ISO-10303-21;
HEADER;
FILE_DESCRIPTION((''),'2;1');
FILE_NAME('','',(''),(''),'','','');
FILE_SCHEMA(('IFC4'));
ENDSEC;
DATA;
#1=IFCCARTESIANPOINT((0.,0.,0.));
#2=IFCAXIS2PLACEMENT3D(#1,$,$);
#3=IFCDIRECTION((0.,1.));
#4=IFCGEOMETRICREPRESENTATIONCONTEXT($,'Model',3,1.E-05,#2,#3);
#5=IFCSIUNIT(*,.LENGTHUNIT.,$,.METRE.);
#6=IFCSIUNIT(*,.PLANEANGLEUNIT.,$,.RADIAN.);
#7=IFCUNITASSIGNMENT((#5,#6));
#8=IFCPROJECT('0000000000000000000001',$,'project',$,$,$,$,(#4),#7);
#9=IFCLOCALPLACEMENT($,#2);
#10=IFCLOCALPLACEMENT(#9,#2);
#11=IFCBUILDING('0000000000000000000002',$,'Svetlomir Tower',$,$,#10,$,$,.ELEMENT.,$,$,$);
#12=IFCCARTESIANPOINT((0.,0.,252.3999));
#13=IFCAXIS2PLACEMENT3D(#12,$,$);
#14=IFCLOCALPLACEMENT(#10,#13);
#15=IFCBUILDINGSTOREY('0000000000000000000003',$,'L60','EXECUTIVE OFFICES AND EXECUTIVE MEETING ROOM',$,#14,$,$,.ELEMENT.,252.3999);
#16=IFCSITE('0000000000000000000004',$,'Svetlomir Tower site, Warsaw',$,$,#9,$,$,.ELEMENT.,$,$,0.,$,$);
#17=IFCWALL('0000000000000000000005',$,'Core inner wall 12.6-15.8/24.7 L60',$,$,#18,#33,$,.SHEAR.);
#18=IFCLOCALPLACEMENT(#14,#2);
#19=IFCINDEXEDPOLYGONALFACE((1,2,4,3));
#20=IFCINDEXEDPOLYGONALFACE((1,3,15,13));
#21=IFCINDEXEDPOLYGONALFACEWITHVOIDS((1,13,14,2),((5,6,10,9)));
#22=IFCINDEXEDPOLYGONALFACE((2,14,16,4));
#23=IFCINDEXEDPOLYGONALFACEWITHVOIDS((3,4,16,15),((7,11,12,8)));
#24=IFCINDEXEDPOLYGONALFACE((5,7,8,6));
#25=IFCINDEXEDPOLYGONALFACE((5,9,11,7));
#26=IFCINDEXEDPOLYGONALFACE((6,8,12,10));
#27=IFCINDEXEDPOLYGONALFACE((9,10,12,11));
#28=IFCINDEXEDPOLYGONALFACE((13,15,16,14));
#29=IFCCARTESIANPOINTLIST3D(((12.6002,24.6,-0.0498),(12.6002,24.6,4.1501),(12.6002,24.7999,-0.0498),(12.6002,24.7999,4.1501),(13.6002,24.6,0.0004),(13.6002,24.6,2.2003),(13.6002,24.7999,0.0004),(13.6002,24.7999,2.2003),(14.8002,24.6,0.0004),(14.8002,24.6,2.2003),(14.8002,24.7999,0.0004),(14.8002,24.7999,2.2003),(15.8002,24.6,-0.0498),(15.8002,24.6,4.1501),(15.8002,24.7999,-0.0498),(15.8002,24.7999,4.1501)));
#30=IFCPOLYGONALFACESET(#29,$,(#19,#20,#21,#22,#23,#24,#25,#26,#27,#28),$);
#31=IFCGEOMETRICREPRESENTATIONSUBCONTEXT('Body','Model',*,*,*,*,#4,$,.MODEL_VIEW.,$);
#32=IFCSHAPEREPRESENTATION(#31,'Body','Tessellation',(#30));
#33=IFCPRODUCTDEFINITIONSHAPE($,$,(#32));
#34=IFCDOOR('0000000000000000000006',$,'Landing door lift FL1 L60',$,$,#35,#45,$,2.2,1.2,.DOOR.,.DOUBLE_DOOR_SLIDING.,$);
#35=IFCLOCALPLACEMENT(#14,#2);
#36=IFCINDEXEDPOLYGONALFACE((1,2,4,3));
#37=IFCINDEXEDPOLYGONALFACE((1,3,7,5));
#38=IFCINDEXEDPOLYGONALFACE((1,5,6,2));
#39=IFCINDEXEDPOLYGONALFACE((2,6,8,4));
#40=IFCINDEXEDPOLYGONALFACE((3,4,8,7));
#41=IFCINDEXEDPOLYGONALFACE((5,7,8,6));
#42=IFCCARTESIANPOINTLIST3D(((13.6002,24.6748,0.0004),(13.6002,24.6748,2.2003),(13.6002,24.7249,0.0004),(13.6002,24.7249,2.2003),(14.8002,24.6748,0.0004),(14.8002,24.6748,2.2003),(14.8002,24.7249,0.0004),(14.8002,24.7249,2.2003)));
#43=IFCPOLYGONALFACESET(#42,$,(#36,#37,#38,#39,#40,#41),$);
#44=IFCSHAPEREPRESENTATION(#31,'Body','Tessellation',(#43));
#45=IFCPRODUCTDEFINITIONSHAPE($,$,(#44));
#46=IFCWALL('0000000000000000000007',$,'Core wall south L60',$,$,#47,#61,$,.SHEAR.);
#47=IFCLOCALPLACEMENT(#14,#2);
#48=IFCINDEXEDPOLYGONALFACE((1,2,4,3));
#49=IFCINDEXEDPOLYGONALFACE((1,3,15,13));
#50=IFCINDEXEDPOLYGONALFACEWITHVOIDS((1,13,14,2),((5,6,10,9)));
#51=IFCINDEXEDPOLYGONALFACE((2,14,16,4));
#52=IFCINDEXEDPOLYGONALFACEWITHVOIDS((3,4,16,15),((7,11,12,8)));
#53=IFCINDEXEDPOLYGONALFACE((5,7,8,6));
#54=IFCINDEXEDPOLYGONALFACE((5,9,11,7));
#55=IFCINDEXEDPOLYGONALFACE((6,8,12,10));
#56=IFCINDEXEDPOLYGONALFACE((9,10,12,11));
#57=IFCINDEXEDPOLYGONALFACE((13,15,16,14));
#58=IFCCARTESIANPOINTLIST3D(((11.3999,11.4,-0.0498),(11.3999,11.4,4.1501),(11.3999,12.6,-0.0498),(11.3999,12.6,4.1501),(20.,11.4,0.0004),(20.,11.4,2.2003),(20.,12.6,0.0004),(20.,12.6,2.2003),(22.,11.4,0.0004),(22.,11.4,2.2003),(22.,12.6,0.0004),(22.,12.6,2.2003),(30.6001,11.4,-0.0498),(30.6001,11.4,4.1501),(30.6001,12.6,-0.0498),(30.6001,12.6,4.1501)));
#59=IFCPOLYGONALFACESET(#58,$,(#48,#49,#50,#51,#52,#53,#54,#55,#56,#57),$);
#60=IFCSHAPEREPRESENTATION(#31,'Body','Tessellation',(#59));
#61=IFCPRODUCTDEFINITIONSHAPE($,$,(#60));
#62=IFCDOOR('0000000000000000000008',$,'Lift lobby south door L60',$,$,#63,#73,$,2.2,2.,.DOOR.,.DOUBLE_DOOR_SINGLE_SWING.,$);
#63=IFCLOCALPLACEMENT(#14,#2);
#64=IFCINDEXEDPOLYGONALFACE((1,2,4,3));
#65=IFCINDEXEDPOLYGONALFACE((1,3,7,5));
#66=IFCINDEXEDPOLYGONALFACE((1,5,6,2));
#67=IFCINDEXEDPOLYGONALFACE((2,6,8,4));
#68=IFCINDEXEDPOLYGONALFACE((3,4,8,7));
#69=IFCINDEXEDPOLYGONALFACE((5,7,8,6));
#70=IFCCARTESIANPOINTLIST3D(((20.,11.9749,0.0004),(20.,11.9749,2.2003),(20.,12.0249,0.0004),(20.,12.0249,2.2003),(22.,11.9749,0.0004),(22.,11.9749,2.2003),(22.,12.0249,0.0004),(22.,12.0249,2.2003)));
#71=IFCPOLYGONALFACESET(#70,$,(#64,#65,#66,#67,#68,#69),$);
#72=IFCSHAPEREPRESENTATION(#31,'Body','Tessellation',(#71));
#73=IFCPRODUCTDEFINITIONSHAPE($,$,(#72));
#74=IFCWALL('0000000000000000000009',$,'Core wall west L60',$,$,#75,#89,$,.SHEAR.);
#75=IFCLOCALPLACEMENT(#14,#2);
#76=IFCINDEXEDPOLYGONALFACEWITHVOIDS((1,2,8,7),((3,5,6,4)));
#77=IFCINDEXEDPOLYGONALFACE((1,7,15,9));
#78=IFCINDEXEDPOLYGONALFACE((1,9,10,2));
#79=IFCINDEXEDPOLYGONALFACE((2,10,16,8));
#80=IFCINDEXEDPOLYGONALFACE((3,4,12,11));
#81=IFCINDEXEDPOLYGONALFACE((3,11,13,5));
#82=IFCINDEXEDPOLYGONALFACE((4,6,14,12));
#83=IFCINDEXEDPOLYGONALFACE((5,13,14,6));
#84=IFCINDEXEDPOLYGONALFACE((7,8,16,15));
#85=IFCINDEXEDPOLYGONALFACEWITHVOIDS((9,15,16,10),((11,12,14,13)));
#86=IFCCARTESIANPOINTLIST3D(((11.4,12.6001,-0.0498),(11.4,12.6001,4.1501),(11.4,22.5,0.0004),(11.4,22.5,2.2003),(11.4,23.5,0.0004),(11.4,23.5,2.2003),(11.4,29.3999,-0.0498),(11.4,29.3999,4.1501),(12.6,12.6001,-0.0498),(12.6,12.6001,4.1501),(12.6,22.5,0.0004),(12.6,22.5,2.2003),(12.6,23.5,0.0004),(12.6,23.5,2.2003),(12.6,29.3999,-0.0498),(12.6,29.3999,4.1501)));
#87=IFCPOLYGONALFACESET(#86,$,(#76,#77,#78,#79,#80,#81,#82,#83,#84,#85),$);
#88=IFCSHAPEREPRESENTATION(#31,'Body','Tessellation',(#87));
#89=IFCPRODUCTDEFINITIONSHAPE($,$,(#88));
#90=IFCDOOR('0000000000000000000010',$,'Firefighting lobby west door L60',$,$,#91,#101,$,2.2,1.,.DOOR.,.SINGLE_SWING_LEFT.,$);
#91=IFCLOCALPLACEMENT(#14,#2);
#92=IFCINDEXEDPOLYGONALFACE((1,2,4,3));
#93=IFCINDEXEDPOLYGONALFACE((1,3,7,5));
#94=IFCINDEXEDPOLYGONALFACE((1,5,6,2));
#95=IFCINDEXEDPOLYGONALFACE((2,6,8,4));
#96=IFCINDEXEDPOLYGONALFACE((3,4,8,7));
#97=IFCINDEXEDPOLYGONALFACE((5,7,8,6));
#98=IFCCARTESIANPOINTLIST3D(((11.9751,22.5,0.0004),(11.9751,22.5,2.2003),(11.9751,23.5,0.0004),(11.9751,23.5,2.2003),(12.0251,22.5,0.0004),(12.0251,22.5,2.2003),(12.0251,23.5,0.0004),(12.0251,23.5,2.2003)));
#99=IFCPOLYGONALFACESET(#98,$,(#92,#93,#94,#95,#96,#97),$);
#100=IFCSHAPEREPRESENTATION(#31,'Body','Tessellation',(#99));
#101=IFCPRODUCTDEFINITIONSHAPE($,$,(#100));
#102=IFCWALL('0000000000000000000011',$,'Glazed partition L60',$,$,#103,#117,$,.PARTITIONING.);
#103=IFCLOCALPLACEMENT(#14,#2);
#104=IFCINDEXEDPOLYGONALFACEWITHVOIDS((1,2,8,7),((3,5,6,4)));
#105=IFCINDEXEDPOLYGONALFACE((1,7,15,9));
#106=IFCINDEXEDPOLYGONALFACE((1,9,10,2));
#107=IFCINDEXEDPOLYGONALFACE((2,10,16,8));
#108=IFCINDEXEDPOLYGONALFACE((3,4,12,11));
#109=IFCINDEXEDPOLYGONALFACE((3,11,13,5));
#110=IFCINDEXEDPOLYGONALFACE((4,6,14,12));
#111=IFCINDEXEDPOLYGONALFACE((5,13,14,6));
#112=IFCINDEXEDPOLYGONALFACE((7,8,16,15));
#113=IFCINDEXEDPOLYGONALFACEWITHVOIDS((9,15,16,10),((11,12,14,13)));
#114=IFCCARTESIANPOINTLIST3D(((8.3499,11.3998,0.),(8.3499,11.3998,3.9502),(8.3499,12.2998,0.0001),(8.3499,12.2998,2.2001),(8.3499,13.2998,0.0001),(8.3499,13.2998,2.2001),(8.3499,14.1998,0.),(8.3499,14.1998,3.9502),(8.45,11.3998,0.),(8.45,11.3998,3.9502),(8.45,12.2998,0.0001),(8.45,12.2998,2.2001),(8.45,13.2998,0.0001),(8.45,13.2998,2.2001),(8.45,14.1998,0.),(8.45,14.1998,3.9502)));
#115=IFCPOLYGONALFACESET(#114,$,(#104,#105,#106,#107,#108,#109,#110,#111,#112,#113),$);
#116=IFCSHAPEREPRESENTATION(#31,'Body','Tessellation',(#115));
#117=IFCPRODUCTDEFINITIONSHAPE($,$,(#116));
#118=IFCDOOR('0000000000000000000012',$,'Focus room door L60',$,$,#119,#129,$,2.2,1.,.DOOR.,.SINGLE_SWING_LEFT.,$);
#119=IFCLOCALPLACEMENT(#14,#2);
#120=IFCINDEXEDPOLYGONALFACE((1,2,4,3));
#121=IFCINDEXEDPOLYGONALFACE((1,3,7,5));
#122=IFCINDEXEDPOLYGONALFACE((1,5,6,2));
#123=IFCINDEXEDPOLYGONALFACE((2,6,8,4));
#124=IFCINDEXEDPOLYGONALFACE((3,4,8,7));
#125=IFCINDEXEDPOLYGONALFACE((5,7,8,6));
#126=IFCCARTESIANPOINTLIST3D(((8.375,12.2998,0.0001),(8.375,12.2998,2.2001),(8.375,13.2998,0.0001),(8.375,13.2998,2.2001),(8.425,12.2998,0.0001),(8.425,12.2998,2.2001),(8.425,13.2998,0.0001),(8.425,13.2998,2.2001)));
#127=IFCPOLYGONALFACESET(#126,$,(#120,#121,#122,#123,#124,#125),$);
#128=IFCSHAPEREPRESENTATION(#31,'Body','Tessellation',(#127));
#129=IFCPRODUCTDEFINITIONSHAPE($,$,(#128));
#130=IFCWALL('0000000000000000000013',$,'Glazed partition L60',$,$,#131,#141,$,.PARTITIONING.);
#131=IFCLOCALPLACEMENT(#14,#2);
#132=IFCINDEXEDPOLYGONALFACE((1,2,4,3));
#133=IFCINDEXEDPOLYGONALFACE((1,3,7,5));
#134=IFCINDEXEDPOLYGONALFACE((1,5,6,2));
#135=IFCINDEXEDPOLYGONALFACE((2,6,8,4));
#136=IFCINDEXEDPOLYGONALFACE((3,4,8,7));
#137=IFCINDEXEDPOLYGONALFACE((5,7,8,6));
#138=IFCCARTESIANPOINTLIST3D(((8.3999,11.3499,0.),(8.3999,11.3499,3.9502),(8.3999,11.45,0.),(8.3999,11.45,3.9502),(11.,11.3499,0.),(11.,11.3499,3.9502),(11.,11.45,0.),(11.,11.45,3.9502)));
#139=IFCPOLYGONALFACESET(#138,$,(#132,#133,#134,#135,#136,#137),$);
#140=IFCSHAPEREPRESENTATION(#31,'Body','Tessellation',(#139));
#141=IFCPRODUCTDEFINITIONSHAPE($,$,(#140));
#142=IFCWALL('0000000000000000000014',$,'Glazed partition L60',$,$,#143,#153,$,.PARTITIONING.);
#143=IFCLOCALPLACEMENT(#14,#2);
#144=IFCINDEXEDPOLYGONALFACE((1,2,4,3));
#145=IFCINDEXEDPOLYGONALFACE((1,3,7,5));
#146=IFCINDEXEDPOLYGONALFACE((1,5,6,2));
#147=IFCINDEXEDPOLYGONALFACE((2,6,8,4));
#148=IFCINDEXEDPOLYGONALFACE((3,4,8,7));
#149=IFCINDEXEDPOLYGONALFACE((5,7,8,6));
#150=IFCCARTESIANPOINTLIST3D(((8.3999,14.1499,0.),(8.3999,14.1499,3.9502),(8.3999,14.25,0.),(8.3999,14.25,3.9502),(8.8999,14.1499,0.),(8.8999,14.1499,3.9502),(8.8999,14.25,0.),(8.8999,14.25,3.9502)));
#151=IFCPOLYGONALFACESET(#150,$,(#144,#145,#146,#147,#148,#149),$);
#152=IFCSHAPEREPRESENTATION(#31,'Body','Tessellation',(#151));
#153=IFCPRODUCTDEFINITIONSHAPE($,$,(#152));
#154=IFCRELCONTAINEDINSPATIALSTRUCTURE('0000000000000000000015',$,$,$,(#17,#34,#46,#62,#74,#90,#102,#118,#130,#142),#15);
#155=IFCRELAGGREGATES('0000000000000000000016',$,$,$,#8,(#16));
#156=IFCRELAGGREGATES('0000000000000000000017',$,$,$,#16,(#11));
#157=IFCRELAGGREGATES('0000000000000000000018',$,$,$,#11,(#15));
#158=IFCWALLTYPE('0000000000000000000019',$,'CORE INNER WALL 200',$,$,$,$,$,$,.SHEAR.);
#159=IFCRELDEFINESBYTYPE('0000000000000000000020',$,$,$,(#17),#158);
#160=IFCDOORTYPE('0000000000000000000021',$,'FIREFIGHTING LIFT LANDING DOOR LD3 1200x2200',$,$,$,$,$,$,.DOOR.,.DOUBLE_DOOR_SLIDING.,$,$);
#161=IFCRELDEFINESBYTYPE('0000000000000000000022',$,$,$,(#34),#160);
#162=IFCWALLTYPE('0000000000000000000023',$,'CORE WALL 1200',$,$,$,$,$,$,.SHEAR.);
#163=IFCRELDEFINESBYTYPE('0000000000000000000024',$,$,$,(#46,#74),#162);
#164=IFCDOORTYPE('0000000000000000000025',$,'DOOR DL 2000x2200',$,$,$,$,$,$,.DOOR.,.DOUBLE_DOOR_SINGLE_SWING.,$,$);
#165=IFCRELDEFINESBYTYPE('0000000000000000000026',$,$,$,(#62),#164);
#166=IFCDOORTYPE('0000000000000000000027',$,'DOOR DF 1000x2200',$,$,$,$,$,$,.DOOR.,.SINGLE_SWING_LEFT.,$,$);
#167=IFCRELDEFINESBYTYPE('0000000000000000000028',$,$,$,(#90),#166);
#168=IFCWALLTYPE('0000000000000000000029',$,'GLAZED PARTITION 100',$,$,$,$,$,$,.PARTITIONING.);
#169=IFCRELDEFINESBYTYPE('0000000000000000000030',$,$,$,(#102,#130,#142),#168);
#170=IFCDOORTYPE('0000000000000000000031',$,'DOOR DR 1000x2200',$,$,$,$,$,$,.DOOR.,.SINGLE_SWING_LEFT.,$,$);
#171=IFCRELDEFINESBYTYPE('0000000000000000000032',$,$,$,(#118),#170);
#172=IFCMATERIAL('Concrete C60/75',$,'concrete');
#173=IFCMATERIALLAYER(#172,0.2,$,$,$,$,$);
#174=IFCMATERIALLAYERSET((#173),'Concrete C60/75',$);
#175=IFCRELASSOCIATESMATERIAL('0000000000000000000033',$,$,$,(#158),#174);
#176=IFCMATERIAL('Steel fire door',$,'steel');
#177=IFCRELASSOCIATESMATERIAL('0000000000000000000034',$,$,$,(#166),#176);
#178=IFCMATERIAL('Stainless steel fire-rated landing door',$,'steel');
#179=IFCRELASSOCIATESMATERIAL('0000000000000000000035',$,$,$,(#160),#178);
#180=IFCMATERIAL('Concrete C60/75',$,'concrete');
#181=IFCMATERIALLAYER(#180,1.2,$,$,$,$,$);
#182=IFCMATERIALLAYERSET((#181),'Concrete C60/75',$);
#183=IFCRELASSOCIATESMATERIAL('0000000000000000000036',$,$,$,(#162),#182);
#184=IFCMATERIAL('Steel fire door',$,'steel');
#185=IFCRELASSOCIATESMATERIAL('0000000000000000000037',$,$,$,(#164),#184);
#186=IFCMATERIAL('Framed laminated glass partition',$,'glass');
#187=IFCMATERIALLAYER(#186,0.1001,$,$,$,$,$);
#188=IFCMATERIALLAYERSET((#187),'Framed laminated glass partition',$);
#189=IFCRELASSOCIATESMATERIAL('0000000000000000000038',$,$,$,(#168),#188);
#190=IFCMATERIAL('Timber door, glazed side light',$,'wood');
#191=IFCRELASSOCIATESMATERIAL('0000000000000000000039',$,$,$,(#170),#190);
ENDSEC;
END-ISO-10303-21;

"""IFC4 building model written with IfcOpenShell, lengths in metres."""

from ifc_helpers import new_model, si_unit, direction, frame, frame_2d, origin, place, context, subcontext, project, spatial, rectangle, extrude, material, layer, layer_set, type_object, element, fill, save


model = new_model("IFC4")

# Units and contexts
model_context = context("Model", 3, precision=1e-05, world=origin(), true_north=direction((0.0, 1.0)))
body_context = subcontext(model_context, "Body", "Model", "MODEL_VIEW")
ifc_project = project(units=[si_unit("LENGTHUNIT", "METRE"), si_unit("PLANEANGLEUNIT", "RADIAN")], contexts=[model_context])

# Site, building, storey
site_placement = place(None, origin())
site = spatial("IfcSite", under=ifc_project, at=site_placement, Name="Svetlomir Tower site, Warsaw", CompositionType="ELEMENT", RefElevation=0.0)
building_placement = place(site_placement, origin())
building = spatial("IfcBuilding", under=site, at=building_placement, Name="Svetlomir Tower", CompositionType="ELEMENT")
storey_placement = place(building_placement, frame((0.0, 0.0, 252.3999)))
storey = spatial("IfcBuildingStorey", under=building, at=storey_placement, Name="L60", Description="EXECUTIVE OFFICES AND EXECUTIVE MEETING ROOM", CompositionType="ELEMENT", Elevation=252.3999)

# Walls, openings, doors
ifc_material_1 = material(Name="Concrete C60/75", Category="concrete")
ifc_layer_1 = layer(ifc_material_1, 0.2)
ifc_layer_set_1 = layer_set([ifc_layer_1], Name="Concrete C60/75")
wall_type_1 = type_object("IfcWallType", Name="CORE INNER WALL 200", PredefinedType="SHEAR", material=ifc_layer_set_1)
ifc_material_2 = material(Name="Steel fire door", Category="steel")
door_type_1 = type_object("IfcDoorType", Name="DOOR DF 1000x2200", OperationType="SINGLE_SWING_LEFT", PredefinedType="DOOR", material=ifc_material_2)
wall_1_placement = place(storey_placement, frame((12.6001, 24.7, -0.0498), z_axis=(0.0, 0.0, 1.0), x_axis=(1.0, 0.0, 0.0)))
wall_1 = element("IfcWall", 1, at=wall_1_placement, inside=storey, type_object=wall_type_1, Name="Core inner wall 12.6-15.8/24.7 L60", PredefinedType="SHEAR", context=body_context, shape_type="SweptSolid", body=[
    extrude(rectangle(XDim=3.2, YDim=0.2, at=frame_2d((1.6001, 0.0))), origin(), (0.0, 0.0, 1.0), 4.2),
])
opening_1_placement = place(wall_1_placement, frame((1.0, 0.0, 0.05)))
opening_1 = element("IfcOpeningElement", 2, at=opening_1_placement, cuts=wall_1, PredefinedType="OPENING", context=body_context, shape_type="SweptSolid", body=[
    extrude(rectangle(XDim=1.2, YDim=2.2, at=frame_2d((0.6001, 1.1001))), frame((0.0, 0.1099, 0.0), z_axis=(0.0, -1.0, 0.0), x_axis=(1.0, 0.0, 0.0)), (0.0, 0.0, 1.0), 0.22),
])
ifc_material_3 = material(Name="Stainless steel fire-rated landing door", Category="steel")
door_type_2 = type_object("IfcDoorType", Name="FIREFIGHTING LIFT LANDING DOOR LD3 1200x2200", OperationType="DOUBLE_DOOR_SLIDING", PredefinedType="DOOR", material=ifc_material_3)
door_1_placement = place(opening_1_placement, origin())
door_1 = element("IfcDoor", 3, at=door_1_placement, inside=storey, type_object=door_type_2, Name="Landing door lift FL1 L60", OperationType="DOUBLE_DOOR_SLIDING", OverallHeight=2.2, OverallWidth=1.2, PredefinedType="DOOR", context=body_context, shape_type="SweptSolid", body=[
    extrude(rectangle(XDim=1.2, YDim=2.2, at=frame_2d((0.6001, 1.1001))), frame((0.0, 0.0249, 0.0), z_axis=(0.0, -1.0, 0.0), x_axis=(1.0, 0.0, 0.0)), (0.0, 0.0, 1.0), 0.05),
])
fill(opening_1, door_1)
ifc_material_4 = material(Name="Concrete C60/75", Category="concrete")
ifc_layer_2 = layer(ifc_material_4, 1.2)
ifc_layer_set_2 = layer_set([ifc_layer_2], Name="Concrete C60/75")
wall_type_2 = type_object("IfcWallType", Name="CORE WALL 1200", PredefinedType="SHEAR", material=ifc_layer_set_2)
wall_2_placement = place(storey_placement, frame((11.3999, 12.0, -0.0498), z_axis=(0.0, 0.0, 1.0), x_axis=(1.0, 0.0, 0.0)))
wall_2 = element("IfcWall", 4, at=wall_2_placement, inside=storey, type_object=wall_type_2, Name="Core wall south L60", PredefinedType="SHEAR", context=body_context, shape_type="SweptSolid", body=[
    extrude(rectangle(XDim=19.2002, YDim=1.2, at=frame_2d((9.6001, 0.0))), origin(), (0.0, 0.0, 1.0), 4.2),
])
opening_2_placement = place(wall_2_placement, frame((8.6001, 0.0, 0.05)))
opening_2 = element("IfcOpeningElement", 5, at=opening_2_placement, cuts=wall_2, PredefinedType="OPENING", context=body_context, shape_type="SweptSolid", body=[
    extrude(rectangle(XDim=2.0, YDim=2.2, at=frame_2d((1.0, 1.1001))), frame((0.0, 0.6099, 0.0), z_axis=(0.0, -1.0, 0.0), x_axis=(1.0, 0.0, 0.0)), (0.0, 0.0, 1.0), 1.22),
])
ifc_material_5 = material(Name="Steel fire door", Category="steel")
door_type_3 = type_object("IfcDoorType", Name="DOOR DL 2000x2200", OperationType="DOUBLE_DOOR_SINGLE_SWING", PredefinedType="DOOR", material=ifc_material_5)
door_2_placement = place(opening_2_placement, origin())
door_2 = element("IfcDoor", 6, at=door_2_placement, inside=storey, type_object=door_type_3, Name="Lift lobby south door L60", OperationType="DOUBLE_DOOR_SINGLE_SWING", OverallHeight=2.2, OverallWidth=2.0, PredefinedType="DOOR", context=body_context, shape_type="SweptSolid", body=[
    extrude(rectangle(XDim=2.0, YDim=2.2, at=frame_2d((1.0, 1.1001))), frame((0.0, 0.0249, 0.0), z_axis=(0.0, -1.0, 0.0), x_axis=(1.0, 0.0, 0.0)), (0.0, 0.0, 1.0), 0.05),
])
fill(opening_2, door_2)
wall_3_placement = place(storey_placement, frame((12.0, 12.6001, -0.0498), z_axis=(0.0, 0.0, 1.0), x_axis=(0.0, 1.0, 0.0)))
wall_3 = element("IfcWall", 7, at=wall_3_placement, inside=storey, type_object=wall_type_2, Name="Core wall west L60", PredefinedType="SHEAR", context=body_context, shape_type="SweptSolid", body=[
    extrude(rectangle(XDim=16.7998, YDim=1.2, at=frame_2d((8.3999, 0.0))), origin(), (0.0, 0.0, 1.0), 4.2),
])
opening_3_placement = place(wall_3_placement, frame((9.8999, 0.0, 0.05)))
opening_3 = element("IfcOpeningElement", 8, at=opening_3_placement, cuts=wall_3, PredefinedType="OPENING", context=body_context, shape_type="SweptSolid", body=[
    extrude(rectangle(XDim=1.0, YDim=2.2, at=frame_2d((0.5, 1.1001))), frame((0.0, 0.6099, 0.0), z_axis=(0.0, -1.0, 0.0), x_axis=(1.0, 0.0, 0.0)), (0.0, 0.0, 1.0), 1.22),
])
door_3_placement = place(opening_3_placement, origin())
door_3 = element("IfcDoor", 9, at=door_3_placement, inside=storey, type_object=door_type_1, Name="Firefighting lobby west door L60", OperationType="SINGLE_SWING_LEFT", OverallHeight=2.2, OverallWidth=1.0, PredefinedType="DOOR", context=body_context, shape_type="SweptSolid", body=[
    extrude(rectangle(XDim=1.0, YDim=2.2, at=frame_2d((0.5, 1.1001))), frame((0.0, 0.0249, 0.0), z_axis=(0.0, -1.0, 0.0), x_axis=(1.0, 0.0, 0.0)), (0.0, 0.0, 1.0), 0.05),
])
fill(opening_3, door_3)
ifc_material_6 = material(Name="Framed laminated glass partition", Category="glass")
ifc_layer_3 = layer(ifc_material_6, 0.1001)
ifc_layer_set_3 = layer_set([ifc_layer_3], Name="Framed laminated glass partition")
wall_type_3 = type_object("IfcWallType", Name="GLAZED PARTITION 100", PredefinedType="PARTITIONING", material=ifc_layer_set_3)
wall_4_placement = place(storey_placement, frame((8.3999, 11.3999, 0.0), z_axis=(0.0, 0.0, 1.0), x_axis=(0.0, 1.0, 0.0)))
wall_4 = element("IfcWall", 10, at=wall_4_placement, inside=storey, type_object=wall_type_3, Name="Glazed partition L60", PredefinedType="PARTITIONING", context=body_context, shape_type="SweptSolid", body=[
    extrude(rectangle(XDim=2.8, YDim=0.1001, at=frame_2d((1.3999, 0.0))), origin(), (0.0, 0.0, 1.0), 3.9502),
])
opening_4_placement = place(wall_4_placement, frame((0.8999, 0.0, 0.0)))
opening_4 = element("IfcOpeningElement", 11, at=opening_4_placement, cuts=wall_4, PredefinedType="OPENING", context=body_context, shape_type="SweptSolid", body=[
    extrude(rectangle(XDim=1.0, YDim=2.2, at=frame_2d((0.5, 1.1001))), frame((0.0, 0.0601, 0.0), z_axis=(0.0, -1.0, 0.0), x_axis=(1.0, 0.0, 0.0)), (0.0, 0.0, 1.0), 0.1201),
])
ifc_material_7 = material(Name="Timber door, glazed side light", Category="wood")
door_type_4 = type_object("IfcDoorType", Name="DOOR DR 1000x2200", OperationType="SINGLE_SWING_LEFT", PredefinedType="DOOR", material=ifc_material_7)
door_4_placement = place(opening_4_placement, origin())
door_4 = element("IfcDoor", 12, at=door_4_placement, inside=storey, type_object=door_type_4, Name="Focus room door L60", OperationType="SINGLE_SWING_LEFT", OverallHeight=2.2, OverallWidth=1.0, PredefinedType="DOOR", context=body_context, shape_type="SweptSolid", body=[
    extrude(rectangle(XDim=1.0, YDim=2.2, at=frame_2d((0.5, 1.1001))), frame((0.0, 0.0249, 0.0), z_axis=(0.0, -1.0, 0.0), x_axis=(1.0, 0.0, 0.0)), (0.0, 0.0, 1.0), 0.05),
])
fill(opening_4, door_4)

# Walls
wall_5_placement = place(storey_placement, frame((8.3999, 11.3999, 0.0), z_axis=(0.0, 0.0, 1.0), x_axis=(1.0, 0.0, 0.0)))
element("IfcWall", 13, at=wall_5_placement, inside=storey, type_object=wall_type_3, Name="Glazed partition L60", PredefinedType="PARTITIONING", context=body_context, shape_type="SweptSolid", body=[
    extrude(rectangle(XDim=2.6001, YDim=0.1001, at=frame_2d((1.3, 0.0))), origin(), (0.0, 0.0, 1.0), 3.9502),
])
wall_6_placement = place(storey_placement, frame((8.3999, 14.2, 0.0), z_axis=(0.0, 0.0, 1.0), x_axis=(1.0, 0.0, 0.0)))
element("IfcWall", 14, at=wall_6_placement, inside=storey, type_object=wall_type_3, Name="Glazed partition L60", PredefinedType="PARTITIONING", context=body_context, shape_type="SweptSolid", body=[
    extrude(rectangle(XDim=0.5, YDim=0.1001, at=frame_2d((0.25, 0.0))), origin(), (0.0, 0.0, 1.0), 3.9502),
])

save(model, "model.ifc")
